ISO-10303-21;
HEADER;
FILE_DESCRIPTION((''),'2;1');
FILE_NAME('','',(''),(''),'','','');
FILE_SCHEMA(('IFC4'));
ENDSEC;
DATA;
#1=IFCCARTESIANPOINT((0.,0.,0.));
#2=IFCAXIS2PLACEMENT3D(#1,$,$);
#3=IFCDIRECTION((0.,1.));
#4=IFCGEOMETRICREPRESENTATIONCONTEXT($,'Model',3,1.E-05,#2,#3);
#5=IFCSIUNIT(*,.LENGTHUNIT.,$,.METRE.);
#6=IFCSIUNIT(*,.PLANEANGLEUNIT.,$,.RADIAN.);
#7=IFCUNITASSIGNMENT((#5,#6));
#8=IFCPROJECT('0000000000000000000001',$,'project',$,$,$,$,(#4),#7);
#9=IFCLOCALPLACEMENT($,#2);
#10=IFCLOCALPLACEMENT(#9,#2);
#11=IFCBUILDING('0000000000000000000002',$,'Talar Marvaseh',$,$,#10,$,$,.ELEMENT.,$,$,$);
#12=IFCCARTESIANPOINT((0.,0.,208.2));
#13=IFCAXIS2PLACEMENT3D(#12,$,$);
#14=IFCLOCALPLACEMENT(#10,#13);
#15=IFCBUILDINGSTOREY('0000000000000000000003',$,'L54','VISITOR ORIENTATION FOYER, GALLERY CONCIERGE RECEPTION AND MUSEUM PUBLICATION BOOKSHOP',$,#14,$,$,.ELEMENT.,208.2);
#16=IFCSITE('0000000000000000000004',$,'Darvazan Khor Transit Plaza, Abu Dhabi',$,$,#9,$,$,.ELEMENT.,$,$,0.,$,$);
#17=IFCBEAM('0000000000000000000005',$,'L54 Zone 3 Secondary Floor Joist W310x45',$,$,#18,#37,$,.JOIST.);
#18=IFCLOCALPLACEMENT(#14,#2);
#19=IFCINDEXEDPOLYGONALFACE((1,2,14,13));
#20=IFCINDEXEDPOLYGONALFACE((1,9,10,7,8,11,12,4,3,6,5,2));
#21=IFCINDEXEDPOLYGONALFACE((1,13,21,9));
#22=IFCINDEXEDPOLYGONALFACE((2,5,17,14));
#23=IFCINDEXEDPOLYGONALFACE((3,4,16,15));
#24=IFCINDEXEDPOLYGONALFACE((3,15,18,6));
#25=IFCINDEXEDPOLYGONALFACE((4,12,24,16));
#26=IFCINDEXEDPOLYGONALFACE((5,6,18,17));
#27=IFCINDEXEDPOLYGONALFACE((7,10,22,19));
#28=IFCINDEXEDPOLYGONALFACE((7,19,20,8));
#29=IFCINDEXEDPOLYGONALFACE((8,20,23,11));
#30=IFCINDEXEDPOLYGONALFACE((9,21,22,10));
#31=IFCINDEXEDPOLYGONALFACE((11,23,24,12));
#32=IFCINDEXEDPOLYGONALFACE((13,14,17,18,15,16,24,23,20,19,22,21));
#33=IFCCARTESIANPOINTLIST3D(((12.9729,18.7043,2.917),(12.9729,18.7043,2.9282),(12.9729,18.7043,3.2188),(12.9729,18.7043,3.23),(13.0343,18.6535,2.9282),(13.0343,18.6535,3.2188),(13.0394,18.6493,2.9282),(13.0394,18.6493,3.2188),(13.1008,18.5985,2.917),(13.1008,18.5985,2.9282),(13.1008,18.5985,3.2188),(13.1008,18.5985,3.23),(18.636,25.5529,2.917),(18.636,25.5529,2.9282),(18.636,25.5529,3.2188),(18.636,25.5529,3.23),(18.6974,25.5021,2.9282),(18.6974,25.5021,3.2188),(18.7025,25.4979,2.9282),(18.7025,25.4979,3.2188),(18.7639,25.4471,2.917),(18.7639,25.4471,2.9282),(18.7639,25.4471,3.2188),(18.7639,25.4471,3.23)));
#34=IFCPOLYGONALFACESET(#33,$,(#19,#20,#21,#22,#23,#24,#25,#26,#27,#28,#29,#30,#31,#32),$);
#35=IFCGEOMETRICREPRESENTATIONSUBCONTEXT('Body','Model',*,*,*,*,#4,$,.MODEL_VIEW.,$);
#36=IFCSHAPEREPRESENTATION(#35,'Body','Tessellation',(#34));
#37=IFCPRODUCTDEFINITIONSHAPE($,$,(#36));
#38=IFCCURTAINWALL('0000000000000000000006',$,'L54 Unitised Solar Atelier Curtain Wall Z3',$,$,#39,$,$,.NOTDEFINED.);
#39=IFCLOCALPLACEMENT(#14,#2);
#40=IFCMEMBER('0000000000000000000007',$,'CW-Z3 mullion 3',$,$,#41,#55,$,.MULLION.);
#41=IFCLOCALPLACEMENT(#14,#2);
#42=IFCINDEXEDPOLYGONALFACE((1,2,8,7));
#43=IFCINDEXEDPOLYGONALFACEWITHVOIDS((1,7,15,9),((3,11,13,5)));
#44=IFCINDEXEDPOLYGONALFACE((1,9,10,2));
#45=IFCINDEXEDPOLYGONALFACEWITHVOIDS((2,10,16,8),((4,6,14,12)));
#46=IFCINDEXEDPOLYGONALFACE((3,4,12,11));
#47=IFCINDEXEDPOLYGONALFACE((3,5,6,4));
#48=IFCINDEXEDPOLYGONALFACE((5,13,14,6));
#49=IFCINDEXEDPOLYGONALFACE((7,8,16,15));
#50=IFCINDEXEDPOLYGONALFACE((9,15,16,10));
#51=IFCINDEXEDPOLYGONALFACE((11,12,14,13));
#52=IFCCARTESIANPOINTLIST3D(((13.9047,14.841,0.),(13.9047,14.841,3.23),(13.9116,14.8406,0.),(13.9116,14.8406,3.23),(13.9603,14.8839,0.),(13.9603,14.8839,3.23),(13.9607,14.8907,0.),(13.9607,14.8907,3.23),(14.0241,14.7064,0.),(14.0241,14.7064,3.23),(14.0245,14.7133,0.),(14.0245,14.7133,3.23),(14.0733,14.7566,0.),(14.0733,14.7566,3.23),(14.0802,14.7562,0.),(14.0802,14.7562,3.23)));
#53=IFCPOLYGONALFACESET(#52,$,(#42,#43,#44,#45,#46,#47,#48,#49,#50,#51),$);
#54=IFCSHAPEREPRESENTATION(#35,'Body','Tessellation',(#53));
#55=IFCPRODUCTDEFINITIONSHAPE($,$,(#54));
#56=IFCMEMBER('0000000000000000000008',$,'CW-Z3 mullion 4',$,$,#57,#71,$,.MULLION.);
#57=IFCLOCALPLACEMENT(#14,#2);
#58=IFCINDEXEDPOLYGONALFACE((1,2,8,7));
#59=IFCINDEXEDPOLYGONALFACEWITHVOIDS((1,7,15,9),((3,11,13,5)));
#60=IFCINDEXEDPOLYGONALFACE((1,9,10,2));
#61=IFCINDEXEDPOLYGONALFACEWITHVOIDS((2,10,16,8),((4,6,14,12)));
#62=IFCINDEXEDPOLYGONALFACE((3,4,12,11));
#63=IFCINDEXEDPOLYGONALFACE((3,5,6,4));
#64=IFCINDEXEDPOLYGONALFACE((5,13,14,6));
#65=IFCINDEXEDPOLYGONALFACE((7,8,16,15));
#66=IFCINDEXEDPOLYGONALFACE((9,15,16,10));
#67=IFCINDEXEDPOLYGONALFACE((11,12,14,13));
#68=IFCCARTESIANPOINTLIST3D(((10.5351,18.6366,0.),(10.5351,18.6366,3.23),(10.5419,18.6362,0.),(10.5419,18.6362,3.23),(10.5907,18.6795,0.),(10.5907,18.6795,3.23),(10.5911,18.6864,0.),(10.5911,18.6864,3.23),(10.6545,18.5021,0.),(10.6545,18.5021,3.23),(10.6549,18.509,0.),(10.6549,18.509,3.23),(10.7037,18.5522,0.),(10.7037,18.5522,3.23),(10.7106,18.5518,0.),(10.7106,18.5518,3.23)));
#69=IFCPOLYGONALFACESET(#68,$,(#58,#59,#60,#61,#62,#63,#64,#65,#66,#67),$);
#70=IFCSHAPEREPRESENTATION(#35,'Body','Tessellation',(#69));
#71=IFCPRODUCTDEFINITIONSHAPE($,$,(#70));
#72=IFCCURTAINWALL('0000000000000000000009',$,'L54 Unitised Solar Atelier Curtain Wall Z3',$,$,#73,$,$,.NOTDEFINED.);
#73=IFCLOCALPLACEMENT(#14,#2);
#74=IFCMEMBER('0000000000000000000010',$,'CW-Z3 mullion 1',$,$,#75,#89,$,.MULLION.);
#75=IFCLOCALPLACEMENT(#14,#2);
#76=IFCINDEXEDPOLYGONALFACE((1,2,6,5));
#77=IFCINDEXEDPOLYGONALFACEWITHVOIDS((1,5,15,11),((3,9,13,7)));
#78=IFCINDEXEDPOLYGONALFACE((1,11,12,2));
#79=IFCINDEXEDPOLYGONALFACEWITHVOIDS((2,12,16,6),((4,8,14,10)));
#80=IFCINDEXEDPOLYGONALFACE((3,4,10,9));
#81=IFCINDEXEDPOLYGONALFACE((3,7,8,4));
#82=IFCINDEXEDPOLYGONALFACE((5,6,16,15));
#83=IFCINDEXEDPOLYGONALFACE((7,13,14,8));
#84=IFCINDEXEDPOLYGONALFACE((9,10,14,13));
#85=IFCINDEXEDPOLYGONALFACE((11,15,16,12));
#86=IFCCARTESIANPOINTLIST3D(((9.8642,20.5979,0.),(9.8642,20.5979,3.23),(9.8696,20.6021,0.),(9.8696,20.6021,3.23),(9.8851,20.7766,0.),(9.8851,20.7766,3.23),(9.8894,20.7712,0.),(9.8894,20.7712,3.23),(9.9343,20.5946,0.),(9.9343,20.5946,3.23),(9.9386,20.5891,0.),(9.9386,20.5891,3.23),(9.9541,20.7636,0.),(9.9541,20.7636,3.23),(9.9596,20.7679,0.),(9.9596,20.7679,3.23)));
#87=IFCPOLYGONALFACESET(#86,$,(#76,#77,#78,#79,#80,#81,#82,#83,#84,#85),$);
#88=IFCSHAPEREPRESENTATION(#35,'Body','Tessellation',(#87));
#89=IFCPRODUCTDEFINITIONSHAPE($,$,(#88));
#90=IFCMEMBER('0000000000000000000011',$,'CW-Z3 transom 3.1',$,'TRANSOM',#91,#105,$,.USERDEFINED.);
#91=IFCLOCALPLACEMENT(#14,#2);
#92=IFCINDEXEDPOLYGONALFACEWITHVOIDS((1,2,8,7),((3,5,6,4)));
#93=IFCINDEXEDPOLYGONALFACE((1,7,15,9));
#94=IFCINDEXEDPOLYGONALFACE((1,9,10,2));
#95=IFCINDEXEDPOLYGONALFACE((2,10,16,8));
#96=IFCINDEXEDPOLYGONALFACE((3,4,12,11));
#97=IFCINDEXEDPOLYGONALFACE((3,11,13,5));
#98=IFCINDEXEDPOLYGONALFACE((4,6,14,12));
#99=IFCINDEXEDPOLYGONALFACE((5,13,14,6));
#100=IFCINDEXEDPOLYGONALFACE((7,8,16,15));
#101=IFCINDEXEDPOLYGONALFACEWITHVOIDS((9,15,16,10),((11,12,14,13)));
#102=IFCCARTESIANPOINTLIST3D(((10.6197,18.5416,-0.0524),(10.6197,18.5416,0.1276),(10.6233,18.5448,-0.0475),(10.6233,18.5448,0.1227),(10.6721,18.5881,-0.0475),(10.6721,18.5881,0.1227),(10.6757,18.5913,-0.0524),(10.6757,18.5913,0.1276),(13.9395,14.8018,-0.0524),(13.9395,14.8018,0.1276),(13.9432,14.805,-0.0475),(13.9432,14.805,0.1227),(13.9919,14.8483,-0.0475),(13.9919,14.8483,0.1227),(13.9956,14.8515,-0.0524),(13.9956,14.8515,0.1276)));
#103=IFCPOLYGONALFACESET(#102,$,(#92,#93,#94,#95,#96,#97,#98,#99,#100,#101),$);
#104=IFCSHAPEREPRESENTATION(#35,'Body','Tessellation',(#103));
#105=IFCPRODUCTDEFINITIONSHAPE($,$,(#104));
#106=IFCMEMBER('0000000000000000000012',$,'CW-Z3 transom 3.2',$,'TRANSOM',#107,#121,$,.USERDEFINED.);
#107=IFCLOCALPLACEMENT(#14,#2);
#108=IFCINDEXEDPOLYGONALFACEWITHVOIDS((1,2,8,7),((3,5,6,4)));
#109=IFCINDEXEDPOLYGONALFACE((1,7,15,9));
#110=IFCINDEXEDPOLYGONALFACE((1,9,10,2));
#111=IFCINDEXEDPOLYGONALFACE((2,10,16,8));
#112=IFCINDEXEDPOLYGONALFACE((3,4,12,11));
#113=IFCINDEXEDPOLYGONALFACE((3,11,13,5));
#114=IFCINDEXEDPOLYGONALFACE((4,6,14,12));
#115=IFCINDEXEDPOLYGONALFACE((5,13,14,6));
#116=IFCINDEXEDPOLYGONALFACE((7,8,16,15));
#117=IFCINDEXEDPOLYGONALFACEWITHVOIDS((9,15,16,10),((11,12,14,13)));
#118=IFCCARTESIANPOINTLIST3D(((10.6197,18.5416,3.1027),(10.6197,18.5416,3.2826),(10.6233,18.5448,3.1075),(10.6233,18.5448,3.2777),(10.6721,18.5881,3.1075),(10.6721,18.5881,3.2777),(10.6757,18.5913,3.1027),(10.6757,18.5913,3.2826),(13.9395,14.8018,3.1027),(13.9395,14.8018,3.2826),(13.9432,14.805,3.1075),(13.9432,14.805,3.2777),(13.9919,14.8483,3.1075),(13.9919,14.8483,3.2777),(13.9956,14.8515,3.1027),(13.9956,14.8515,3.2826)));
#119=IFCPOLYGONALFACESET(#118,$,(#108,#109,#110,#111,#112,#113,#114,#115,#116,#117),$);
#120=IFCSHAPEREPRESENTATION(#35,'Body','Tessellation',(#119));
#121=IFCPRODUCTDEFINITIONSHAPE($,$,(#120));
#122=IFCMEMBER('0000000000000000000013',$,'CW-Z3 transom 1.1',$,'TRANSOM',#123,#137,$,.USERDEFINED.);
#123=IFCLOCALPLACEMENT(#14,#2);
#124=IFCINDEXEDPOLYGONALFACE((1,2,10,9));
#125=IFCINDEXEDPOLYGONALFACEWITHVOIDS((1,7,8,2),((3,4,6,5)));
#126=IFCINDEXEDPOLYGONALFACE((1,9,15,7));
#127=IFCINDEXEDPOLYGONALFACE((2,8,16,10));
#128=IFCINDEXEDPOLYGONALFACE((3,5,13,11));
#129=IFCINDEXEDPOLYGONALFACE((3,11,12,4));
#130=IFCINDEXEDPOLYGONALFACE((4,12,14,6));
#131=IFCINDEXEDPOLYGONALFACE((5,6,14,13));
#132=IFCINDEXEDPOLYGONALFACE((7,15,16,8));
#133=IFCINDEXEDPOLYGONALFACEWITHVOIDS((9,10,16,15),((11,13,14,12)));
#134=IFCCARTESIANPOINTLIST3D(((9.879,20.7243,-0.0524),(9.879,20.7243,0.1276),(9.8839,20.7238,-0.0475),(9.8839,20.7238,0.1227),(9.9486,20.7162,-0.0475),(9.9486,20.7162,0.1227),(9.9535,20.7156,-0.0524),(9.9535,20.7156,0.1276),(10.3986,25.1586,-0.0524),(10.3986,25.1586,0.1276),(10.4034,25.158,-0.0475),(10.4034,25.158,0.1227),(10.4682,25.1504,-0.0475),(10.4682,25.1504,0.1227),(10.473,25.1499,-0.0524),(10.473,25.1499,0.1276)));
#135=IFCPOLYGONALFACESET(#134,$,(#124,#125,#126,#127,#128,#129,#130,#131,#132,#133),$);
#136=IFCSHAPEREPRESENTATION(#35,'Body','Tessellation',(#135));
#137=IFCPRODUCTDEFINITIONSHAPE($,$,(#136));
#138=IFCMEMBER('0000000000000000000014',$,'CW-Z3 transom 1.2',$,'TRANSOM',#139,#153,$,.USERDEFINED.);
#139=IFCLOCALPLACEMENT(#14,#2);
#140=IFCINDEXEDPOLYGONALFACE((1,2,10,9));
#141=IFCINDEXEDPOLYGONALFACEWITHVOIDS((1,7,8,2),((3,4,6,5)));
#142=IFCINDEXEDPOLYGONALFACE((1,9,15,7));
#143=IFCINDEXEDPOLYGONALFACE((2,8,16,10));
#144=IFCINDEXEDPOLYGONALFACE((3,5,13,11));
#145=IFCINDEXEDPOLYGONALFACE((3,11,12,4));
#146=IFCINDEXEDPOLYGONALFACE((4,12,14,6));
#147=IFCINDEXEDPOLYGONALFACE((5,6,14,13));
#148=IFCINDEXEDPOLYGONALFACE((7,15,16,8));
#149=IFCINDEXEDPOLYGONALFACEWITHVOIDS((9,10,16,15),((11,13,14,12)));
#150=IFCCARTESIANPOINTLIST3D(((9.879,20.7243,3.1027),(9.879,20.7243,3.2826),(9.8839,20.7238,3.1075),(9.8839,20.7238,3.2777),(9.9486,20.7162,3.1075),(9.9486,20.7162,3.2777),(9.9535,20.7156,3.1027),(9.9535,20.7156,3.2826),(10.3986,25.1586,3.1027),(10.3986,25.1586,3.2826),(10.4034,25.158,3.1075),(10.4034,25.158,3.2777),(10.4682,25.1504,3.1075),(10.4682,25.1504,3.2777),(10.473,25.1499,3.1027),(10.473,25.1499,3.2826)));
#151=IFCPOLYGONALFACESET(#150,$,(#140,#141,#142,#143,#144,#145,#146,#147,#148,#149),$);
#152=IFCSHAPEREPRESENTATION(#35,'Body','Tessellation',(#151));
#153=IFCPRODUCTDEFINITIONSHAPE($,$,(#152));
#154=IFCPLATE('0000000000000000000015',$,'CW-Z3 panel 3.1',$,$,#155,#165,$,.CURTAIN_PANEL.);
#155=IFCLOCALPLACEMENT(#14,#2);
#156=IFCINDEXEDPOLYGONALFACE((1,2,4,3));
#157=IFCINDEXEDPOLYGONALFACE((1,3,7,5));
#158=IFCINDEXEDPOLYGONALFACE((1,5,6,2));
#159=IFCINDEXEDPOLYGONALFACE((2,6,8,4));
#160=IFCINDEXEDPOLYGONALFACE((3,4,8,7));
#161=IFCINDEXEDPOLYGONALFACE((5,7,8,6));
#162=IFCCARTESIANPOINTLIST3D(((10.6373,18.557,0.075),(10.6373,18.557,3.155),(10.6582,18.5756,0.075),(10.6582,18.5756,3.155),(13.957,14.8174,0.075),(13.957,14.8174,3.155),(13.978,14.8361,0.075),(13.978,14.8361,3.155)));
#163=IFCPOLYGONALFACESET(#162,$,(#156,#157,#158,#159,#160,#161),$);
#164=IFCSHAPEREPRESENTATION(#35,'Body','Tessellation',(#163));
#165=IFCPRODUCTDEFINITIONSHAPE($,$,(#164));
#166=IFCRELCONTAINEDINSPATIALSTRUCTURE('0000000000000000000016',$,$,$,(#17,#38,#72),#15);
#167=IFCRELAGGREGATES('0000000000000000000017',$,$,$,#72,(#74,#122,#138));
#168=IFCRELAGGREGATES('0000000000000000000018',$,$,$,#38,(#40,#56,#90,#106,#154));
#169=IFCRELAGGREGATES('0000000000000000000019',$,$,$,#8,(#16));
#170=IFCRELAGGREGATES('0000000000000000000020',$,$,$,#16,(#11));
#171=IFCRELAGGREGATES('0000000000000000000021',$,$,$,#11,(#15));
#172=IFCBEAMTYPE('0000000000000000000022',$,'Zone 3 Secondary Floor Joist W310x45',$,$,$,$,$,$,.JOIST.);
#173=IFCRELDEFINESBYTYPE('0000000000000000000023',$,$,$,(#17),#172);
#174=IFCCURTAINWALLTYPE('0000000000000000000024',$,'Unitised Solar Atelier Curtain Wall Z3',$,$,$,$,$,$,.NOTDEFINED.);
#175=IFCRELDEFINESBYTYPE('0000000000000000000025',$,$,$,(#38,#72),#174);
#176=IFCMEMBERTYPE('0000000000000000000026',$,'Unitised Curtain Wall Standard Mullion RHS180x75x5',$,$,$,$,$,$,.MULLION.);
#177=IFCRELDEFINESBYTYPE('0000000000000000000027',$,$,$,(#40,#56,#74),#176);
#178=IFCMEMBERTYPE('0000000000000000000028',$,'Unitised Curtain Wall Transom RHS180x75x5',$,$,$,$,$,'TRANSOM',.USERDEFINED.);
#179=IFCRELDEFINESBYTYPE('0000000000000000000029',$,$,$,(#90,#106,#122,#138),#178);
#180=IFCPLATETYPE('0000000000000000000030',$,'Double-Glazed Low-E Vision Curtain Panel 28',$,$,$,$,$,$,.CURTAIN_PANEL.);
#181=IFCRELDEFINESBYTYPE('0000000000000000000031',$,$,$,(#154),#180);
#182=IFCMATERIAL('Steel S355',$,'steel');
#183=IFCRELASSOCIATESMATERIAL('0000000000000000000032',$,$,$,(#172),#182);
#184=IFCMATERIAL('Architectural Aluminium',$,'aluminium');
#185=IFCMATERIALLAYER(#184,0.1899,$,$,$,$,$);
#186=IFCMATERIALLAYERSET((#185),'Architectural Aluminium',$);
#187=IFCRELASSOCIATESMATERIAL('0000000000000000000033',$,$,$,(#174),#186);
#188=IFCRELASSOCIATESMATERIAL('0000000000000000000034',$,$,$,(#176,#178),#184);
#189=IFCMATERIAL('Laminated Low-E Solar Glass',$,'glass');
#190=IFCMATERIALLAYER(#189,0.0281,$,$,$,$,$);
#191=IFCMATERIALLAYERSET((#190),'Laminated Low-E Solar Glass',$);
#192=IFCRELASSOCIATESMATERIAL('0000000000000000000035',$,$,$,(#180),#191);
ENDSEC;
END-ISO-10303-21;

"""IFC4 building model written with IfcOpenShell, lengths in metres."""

from ifc_helpers import new_model, si_unit, direction, frame, origin, origin_2d, place, context, subcontext, project, spatial, rectangle, hollow_rectangle, i_section, extrude, source, transform, mapped, material, layer, layer_set, material_profile, profile_set, type_object, type_shapes, element, aggregate, save


model = new_model("IFC4")

# Units and contexts
model_context = context("Model", 3, precision=1e-05, world=origin(), true_north=direction((0.0, 1.0)))
body_context = subcontext(model_context, "Body", "Model", "MODEL_VIEW")
ifc_project = project(units=[si_unit("LENGTHUNIT", "METRE"), si_unit("PLANEANGLEUNIT", "RADIAN")], contexts=[model_context])

# Site, building, storey
site_placement = place(None, origin())
site = spatial("IfcSite", under=ifc_project, at=site_placement, Name="Darvazan Khor Transit Plaza, Abu Dhabi", CompositionType="ELEMENT", RefElevation=0.0)
building_placement = place(site_placement, origin())
building = spatial("IfcBuilding", under=site, at=building_placement, Name="Talar Marvaseh", CompositionType="ELEMENT")
storey_placement = place(building_placement, frame((0.0, 0.0, 208.2)))
storey = spatial("IfcBuildingStorey", under=building, at=storey_placement, Name="L54", Description="VISITOR ORIENTATION FOYER, GALLERY CONCIERGE RECEPTION AND MUSEUM PUBLICATION BOOKSHOP", CompositionType="ELEMENT", Elevation=208.2)

# Beam
ifc_material_1 = material(Name="Steel S355", Category="steel")
ifc_material_profile_1 = material_profile(ifc_material_1, i_section(OverallWidth=0.166, OverallDepth=0.313, WebThickness=0.0066, FlangeThickness=0.0112, at=origin_2d()), Name="W310x45")
ifc_profile_set_1 = profile_set([ifc_material_profile_1], Name="Steel S355")
beam_type = type_object("IfcBeamType", Name="Zone 3 Secondary Floor Joist W310x45", PredefinedType="JOIST", material=ifc_profile_set_1)
beam_placement = place(storey_placement, frame((13.0369, 18.6514, 3.0735), z_axis=(0.637251, 0.770657, 0.0), x_axis=(-0.770657, 0.637251, 0.0)))
element("IfcBeam", 1, at=beam_placement, inside=storey, type_object=beam_type, Name="L54 Zone 3 Secondary Floor Joist W310x45", PredefinedType="JOIST", context=body_context, shape_type="SweptSolid", body=[
    extrude(i_section(OverallWidth=0.166, OverallDepth=0.313, WebThickness=0.0066, FlangeThickness=0.0112, at=origin_2d()), origin(), (0.0, 0.0, 1.0), 8.8867),
])

# Curtain wall, members
ifc_material_2 = material(Name="Architectural Aluminium", Category="aluminium")
ifc_layer_1 = layer(ifc_material_2, 0.1899)
ifc_layer_set_1 = layer_set([ifc_layer_1], Name="Architectural Aluminium")
curtain_wall_type = type_object("IfcCurtainWallType", Name="Unitised Solar Atelier Curtain Wall Z3", PredefinedType="NOTDEFINED", material=ifc_layer_set_1)
curtain_wall_1_placement = place(storey_placement, origin())
curtain_wall_1 = element("IfcCurtainWall", 2, at=curtain_wall_1_placement, inside=storey, type_object=curtain_wall_type, Name="L54 Unitised Solar Atelier Curtain Wall Z3", PredefinedType="NOTDEFINED")
ifc_material_profile_2 = material_profile(ifc_material_2, hollow_rectangle(XDim=0.075, YDim=0.1799, WallThickness=0.0049, at=origin_2d()), Name="RHS180x75x5")
ifc_profile_set_2 = profile_set([ifc_material_profile_2], Name="Architectural Aluminium")
member_type_1 = type_object("IfcMemberType", Name="Unitised Curtain Wall Standard Mullion RHS180x75x5", PredefinedType="MULLION", material=ifc_profile_set_2)
shared_shape_1 = source(origin(), body_context, "Body", "SweptSolid", [
    extrude(hollow_rectangle(XDim=0.075, YDim=0.1799, WallThickness=0.0049, at=origin_2d()), origin(), (0.0, 0.0, 1.0), 3.23),
])
type_shapes(member_type_1, [shared_shape_1])
member_1_placement = place(storey_placement, frame((13.9924, 14.7986, 0.0), z_axis=(0.0, 0.0, 1.0), x_axis=(-0.747838, -0.663882, 0.0)))
member_1 = element("IfcMember", 3, at=member_1_placement, type_object=member_type_1, Name="CW-Z3 mullion 3", PredefinedType="MULLION", context=body_context, shape_type="MappedRepresentation", body=[
    mapped(shared_shape_1, transform((0.0, 0.0, 0.0), x_axis=(1.0, 0.0, 0.0), y_axis=(0.0, 1.0, 0.0), z_axis=(0.0, 0.0, 1.0), scale=1.0)),
])
member_2_placement = place(storey_placement, frame((10.6228, 18.5942, 0.0), z_axis=(0.0, 0.0, 1.0), x_axis=(-0.747838, -0.663882, 0.0)))
member_2 = element("IfcMember", 4, at=member_2_placement, type_object=member_type_1, Name="CW-Z3 mullion 4", PredefinedType="MULLION", context=body_context, shape_type="MappedRepresentation", body=[
    mapped(shared_shape_1, transform((0.0, 0.0, 0.0), x_axis=(1.0, 0.0, 0.0), y_axis=(0.0, 1.0, 0.0), z_axis=(0.0, 0.0, 1.0), scale=1.0)),
])

# Curtain wall, member
curtain_wall_2_placement = place(storey_placement, origin())
curtain_wall_2 = element("IfcCurtainWall", 5, at=curtain_wall_2_placement, inside=storey, type_object=curtain_wall_type, Name="L54 Unitised Solar Atelier Curtain Wall Z3", PredefinedType="NOTDEFINED")
member_3_placement = place(storey_placement, frame((9.9119, 20.6829, 0.0), z_axis=(0.0, 0.0, 1.0), x_axis=(-0.993206, 0.116366, 0.0)))
member_3 = element("IfcMember", 6, at=member_3_placement, type_object=member_type_1, Name="CW-Z3 mullion 1", PredefinedType="MULLION", context=body_context, shape_type="MappedRepresentation", body=[
    mapped(shared_shape_1, transform((0.0, 0.0, 0.0), x_axis=(1.0, 0.0, 0.0), y_axis=(0.0, 1.0, 0.0), z_axis=(0.0, 0.0, 1.0), scale=1.0)),
])

# Members
ifc_material_profile_3 = material_profile(ifc_material_2, hollow_rectangle(XDim=0.075, YDim=0.1799, WallThickness=0.0049, at=origin_2d()), Name="RHS180x75x5")
ifc_profile_set_3 = profile_set([ifc_material_profile_3], Name="Architectural Aluminium")
member_type_2 = type_object("IfcMemberType", Name="Unitised Curtain Wall Transom RHS180x75x5", ElementType="TRANSOM", PredefinedType="USERDEFINED", material=ifc_profile_set_3)
shared_shape_2 = source(origin(), body_context, "Body", "SweptSolid", [
    extrude(hollow_rectangle(XDim=0.075, YDim=0.1799, WallThickness=0.0049, at=origin_2d()), origin(), (0.0, 0.0, 1.0), 5.0007),
])
member_4_placement = place(storey_placement, frame((13.9675, 14.8267, 0.0376), z_axis=(-0.663873, 0.747846, 0.0), x_axis=(-0.747846, -0.663873, 0.0)))
member_4 = element("IfcMember", 7, at=member_4_placement, type_object=member_type_2, Name="CW-Z3 transom 3.1", ObjectType="TRANSOM", PredefinedType="USERDEFINED", context=body_context, shape_type="MappedRepresentation", body=[
    mapped(shared_shape_2, transform((0.0, 0.0, 0.0), x_axis=(1.0, 0.0, 0.0), y_axis=(0.0, 1.0, 0.0), z_axis=(0.0, 0.0, 1.0), scale=1.0)),
])
member_5_placement = place(storey_placement, frame((13.9675, 14.8267, 3.1926), z_axis=(-0.663873, 0.747846, 0.0), x_axis=(-0.747846, -0.663873, 0.0)))
member_5 = element("IfcMember", 8, at=member_5_placement, type_object=member_type_2, Name="CW-Z3 transom 3.2", ObjectType="TRANSOM", PredefinedType="USERDEFINED", context=body_context, shape_type="MappedRepresentation", body=[
    mapped(shared_shape_2, transform((0.0, 0.0, 0.0), x_axis=(1.0, 0.0, 0.0), y_axis=(0.0, 1.0, 0.0), z_axis=(0.0, 0.0, 1.0), scale=1.0)),
])
shared_shape_3 = source(origin(), body_context, "Body", "SweptSolid", [
    extrude(hollow_rectangle(XDim=0.075, YDim=0.1799, WallThickness=0.0049, at=origin_2d()), origin(), (0.0, 0.0, 1.0), 4.4646),
])
type_shapes(member_type_2, [shared_shape_2, shared_shape_3])
member_6_placement = place(storey_placement, frame((9.9163, 20.72, 0.0376), z_axis=(0.116365, 0.993206, 0.0), x_axis=(-0.993206, 0.116365, 0.0)))
member_6 = element("IfcMember", 9, at=member_6_placement, type_object=member_type_2, Name="CW-Z3 transom 1.1", ObjectType="TRANSOM", PredefinedType="USERDEFINED", context=body_context, shape_type="MappedRepresentation", body=[
    mapped(shared_shape_3, transform((0.0, 0.0, 0.0), x_axis=(1.0, 0.0, 0.0), y_axis=(0.0, 1.0, 0.0), z_axis=(0.0, 0.0, 1.0), scale=1.0)),
])
member_7_placement = place(storey_placement, frame((9.9163, 20.72, 3.1926), z_axis=(0.116365, 0.993206, 0.0), x_axis=(-0.993206, 0.116365, 0.0)))
member_7 = element("IfcMember", 10, at=member_7_placement, type_object=member_type_2, Name="CW-Z3 transom 1.2", ObjectType="TRANSOM", PredefinedType="USERDEFINED", context=body_context, shape_type="MappedRepresentation", body=[
    mapped(shared_shape_3, transform((0.0, 0.0, 0.0), x_axis=(1.0, 0.0, 0.0), y_axis=(0.0, 1.0, 0.0), z_axis=(0.0, 0.0, 1.0), scale=1.0)),
])
aggregate(curtain_wall_2, [member_3, member_6, member_7])

# Plate
ifc_material_3 = material(Name="Laminated Low-E Solar Glass", Category="glass")
ifc_layer_2 = layer(ifc_material_3, 0.0281)
ifc_layer_set_2 = layer_set([ifc_layer_2], Name="Laminated Low-E Solar Glass")
plate_type = type_object("IfcPlateType", Name="Double-Glazed Low-E Vision Curtain Panel 28", PredefinedType="CURTAIN_PANEL", material=ifc_layer_set_2)
shared_shape_4 = source(origin(), body_context, "Body", "SweptSolid", [
    extrude(rectangle(XDim=5.0005, YDim=0.0281, at=origin_2d()), origin(), (0.0, 0.0, 1.0), 3.0801),
])
type_shapes(plate_type, [shared_shape_4])
plate_placement = place(storey_placement, frame((12.3076, 16.6965, 0.075), z_axis=(0.0, 0.0, 1.0), x_axis=(-0.663882, 0.747838, 0.0)))
plate = element("IfcPlate", 11, at=plate_placement, type_object=plate_type, Name="CW-Z3 panel 3.1", PredefinedType="CURTAIN_PANEL", context=body_context, shape_type="MappedRepresentation", body=[
    mapped(shared_shape_4, transform((0.0, 0.0, 0.0), x_axis=(1.0, 0.0, 0.0), y_axis=(0.0, 1.0, 0.0), z_axis=(0.0, 0.0, 1.0), scale=1.0)),
])
aggregate(curtain_wall_1, [member_1, member_2, member_4, member_5, plate])

save(model, "model.ifc")
